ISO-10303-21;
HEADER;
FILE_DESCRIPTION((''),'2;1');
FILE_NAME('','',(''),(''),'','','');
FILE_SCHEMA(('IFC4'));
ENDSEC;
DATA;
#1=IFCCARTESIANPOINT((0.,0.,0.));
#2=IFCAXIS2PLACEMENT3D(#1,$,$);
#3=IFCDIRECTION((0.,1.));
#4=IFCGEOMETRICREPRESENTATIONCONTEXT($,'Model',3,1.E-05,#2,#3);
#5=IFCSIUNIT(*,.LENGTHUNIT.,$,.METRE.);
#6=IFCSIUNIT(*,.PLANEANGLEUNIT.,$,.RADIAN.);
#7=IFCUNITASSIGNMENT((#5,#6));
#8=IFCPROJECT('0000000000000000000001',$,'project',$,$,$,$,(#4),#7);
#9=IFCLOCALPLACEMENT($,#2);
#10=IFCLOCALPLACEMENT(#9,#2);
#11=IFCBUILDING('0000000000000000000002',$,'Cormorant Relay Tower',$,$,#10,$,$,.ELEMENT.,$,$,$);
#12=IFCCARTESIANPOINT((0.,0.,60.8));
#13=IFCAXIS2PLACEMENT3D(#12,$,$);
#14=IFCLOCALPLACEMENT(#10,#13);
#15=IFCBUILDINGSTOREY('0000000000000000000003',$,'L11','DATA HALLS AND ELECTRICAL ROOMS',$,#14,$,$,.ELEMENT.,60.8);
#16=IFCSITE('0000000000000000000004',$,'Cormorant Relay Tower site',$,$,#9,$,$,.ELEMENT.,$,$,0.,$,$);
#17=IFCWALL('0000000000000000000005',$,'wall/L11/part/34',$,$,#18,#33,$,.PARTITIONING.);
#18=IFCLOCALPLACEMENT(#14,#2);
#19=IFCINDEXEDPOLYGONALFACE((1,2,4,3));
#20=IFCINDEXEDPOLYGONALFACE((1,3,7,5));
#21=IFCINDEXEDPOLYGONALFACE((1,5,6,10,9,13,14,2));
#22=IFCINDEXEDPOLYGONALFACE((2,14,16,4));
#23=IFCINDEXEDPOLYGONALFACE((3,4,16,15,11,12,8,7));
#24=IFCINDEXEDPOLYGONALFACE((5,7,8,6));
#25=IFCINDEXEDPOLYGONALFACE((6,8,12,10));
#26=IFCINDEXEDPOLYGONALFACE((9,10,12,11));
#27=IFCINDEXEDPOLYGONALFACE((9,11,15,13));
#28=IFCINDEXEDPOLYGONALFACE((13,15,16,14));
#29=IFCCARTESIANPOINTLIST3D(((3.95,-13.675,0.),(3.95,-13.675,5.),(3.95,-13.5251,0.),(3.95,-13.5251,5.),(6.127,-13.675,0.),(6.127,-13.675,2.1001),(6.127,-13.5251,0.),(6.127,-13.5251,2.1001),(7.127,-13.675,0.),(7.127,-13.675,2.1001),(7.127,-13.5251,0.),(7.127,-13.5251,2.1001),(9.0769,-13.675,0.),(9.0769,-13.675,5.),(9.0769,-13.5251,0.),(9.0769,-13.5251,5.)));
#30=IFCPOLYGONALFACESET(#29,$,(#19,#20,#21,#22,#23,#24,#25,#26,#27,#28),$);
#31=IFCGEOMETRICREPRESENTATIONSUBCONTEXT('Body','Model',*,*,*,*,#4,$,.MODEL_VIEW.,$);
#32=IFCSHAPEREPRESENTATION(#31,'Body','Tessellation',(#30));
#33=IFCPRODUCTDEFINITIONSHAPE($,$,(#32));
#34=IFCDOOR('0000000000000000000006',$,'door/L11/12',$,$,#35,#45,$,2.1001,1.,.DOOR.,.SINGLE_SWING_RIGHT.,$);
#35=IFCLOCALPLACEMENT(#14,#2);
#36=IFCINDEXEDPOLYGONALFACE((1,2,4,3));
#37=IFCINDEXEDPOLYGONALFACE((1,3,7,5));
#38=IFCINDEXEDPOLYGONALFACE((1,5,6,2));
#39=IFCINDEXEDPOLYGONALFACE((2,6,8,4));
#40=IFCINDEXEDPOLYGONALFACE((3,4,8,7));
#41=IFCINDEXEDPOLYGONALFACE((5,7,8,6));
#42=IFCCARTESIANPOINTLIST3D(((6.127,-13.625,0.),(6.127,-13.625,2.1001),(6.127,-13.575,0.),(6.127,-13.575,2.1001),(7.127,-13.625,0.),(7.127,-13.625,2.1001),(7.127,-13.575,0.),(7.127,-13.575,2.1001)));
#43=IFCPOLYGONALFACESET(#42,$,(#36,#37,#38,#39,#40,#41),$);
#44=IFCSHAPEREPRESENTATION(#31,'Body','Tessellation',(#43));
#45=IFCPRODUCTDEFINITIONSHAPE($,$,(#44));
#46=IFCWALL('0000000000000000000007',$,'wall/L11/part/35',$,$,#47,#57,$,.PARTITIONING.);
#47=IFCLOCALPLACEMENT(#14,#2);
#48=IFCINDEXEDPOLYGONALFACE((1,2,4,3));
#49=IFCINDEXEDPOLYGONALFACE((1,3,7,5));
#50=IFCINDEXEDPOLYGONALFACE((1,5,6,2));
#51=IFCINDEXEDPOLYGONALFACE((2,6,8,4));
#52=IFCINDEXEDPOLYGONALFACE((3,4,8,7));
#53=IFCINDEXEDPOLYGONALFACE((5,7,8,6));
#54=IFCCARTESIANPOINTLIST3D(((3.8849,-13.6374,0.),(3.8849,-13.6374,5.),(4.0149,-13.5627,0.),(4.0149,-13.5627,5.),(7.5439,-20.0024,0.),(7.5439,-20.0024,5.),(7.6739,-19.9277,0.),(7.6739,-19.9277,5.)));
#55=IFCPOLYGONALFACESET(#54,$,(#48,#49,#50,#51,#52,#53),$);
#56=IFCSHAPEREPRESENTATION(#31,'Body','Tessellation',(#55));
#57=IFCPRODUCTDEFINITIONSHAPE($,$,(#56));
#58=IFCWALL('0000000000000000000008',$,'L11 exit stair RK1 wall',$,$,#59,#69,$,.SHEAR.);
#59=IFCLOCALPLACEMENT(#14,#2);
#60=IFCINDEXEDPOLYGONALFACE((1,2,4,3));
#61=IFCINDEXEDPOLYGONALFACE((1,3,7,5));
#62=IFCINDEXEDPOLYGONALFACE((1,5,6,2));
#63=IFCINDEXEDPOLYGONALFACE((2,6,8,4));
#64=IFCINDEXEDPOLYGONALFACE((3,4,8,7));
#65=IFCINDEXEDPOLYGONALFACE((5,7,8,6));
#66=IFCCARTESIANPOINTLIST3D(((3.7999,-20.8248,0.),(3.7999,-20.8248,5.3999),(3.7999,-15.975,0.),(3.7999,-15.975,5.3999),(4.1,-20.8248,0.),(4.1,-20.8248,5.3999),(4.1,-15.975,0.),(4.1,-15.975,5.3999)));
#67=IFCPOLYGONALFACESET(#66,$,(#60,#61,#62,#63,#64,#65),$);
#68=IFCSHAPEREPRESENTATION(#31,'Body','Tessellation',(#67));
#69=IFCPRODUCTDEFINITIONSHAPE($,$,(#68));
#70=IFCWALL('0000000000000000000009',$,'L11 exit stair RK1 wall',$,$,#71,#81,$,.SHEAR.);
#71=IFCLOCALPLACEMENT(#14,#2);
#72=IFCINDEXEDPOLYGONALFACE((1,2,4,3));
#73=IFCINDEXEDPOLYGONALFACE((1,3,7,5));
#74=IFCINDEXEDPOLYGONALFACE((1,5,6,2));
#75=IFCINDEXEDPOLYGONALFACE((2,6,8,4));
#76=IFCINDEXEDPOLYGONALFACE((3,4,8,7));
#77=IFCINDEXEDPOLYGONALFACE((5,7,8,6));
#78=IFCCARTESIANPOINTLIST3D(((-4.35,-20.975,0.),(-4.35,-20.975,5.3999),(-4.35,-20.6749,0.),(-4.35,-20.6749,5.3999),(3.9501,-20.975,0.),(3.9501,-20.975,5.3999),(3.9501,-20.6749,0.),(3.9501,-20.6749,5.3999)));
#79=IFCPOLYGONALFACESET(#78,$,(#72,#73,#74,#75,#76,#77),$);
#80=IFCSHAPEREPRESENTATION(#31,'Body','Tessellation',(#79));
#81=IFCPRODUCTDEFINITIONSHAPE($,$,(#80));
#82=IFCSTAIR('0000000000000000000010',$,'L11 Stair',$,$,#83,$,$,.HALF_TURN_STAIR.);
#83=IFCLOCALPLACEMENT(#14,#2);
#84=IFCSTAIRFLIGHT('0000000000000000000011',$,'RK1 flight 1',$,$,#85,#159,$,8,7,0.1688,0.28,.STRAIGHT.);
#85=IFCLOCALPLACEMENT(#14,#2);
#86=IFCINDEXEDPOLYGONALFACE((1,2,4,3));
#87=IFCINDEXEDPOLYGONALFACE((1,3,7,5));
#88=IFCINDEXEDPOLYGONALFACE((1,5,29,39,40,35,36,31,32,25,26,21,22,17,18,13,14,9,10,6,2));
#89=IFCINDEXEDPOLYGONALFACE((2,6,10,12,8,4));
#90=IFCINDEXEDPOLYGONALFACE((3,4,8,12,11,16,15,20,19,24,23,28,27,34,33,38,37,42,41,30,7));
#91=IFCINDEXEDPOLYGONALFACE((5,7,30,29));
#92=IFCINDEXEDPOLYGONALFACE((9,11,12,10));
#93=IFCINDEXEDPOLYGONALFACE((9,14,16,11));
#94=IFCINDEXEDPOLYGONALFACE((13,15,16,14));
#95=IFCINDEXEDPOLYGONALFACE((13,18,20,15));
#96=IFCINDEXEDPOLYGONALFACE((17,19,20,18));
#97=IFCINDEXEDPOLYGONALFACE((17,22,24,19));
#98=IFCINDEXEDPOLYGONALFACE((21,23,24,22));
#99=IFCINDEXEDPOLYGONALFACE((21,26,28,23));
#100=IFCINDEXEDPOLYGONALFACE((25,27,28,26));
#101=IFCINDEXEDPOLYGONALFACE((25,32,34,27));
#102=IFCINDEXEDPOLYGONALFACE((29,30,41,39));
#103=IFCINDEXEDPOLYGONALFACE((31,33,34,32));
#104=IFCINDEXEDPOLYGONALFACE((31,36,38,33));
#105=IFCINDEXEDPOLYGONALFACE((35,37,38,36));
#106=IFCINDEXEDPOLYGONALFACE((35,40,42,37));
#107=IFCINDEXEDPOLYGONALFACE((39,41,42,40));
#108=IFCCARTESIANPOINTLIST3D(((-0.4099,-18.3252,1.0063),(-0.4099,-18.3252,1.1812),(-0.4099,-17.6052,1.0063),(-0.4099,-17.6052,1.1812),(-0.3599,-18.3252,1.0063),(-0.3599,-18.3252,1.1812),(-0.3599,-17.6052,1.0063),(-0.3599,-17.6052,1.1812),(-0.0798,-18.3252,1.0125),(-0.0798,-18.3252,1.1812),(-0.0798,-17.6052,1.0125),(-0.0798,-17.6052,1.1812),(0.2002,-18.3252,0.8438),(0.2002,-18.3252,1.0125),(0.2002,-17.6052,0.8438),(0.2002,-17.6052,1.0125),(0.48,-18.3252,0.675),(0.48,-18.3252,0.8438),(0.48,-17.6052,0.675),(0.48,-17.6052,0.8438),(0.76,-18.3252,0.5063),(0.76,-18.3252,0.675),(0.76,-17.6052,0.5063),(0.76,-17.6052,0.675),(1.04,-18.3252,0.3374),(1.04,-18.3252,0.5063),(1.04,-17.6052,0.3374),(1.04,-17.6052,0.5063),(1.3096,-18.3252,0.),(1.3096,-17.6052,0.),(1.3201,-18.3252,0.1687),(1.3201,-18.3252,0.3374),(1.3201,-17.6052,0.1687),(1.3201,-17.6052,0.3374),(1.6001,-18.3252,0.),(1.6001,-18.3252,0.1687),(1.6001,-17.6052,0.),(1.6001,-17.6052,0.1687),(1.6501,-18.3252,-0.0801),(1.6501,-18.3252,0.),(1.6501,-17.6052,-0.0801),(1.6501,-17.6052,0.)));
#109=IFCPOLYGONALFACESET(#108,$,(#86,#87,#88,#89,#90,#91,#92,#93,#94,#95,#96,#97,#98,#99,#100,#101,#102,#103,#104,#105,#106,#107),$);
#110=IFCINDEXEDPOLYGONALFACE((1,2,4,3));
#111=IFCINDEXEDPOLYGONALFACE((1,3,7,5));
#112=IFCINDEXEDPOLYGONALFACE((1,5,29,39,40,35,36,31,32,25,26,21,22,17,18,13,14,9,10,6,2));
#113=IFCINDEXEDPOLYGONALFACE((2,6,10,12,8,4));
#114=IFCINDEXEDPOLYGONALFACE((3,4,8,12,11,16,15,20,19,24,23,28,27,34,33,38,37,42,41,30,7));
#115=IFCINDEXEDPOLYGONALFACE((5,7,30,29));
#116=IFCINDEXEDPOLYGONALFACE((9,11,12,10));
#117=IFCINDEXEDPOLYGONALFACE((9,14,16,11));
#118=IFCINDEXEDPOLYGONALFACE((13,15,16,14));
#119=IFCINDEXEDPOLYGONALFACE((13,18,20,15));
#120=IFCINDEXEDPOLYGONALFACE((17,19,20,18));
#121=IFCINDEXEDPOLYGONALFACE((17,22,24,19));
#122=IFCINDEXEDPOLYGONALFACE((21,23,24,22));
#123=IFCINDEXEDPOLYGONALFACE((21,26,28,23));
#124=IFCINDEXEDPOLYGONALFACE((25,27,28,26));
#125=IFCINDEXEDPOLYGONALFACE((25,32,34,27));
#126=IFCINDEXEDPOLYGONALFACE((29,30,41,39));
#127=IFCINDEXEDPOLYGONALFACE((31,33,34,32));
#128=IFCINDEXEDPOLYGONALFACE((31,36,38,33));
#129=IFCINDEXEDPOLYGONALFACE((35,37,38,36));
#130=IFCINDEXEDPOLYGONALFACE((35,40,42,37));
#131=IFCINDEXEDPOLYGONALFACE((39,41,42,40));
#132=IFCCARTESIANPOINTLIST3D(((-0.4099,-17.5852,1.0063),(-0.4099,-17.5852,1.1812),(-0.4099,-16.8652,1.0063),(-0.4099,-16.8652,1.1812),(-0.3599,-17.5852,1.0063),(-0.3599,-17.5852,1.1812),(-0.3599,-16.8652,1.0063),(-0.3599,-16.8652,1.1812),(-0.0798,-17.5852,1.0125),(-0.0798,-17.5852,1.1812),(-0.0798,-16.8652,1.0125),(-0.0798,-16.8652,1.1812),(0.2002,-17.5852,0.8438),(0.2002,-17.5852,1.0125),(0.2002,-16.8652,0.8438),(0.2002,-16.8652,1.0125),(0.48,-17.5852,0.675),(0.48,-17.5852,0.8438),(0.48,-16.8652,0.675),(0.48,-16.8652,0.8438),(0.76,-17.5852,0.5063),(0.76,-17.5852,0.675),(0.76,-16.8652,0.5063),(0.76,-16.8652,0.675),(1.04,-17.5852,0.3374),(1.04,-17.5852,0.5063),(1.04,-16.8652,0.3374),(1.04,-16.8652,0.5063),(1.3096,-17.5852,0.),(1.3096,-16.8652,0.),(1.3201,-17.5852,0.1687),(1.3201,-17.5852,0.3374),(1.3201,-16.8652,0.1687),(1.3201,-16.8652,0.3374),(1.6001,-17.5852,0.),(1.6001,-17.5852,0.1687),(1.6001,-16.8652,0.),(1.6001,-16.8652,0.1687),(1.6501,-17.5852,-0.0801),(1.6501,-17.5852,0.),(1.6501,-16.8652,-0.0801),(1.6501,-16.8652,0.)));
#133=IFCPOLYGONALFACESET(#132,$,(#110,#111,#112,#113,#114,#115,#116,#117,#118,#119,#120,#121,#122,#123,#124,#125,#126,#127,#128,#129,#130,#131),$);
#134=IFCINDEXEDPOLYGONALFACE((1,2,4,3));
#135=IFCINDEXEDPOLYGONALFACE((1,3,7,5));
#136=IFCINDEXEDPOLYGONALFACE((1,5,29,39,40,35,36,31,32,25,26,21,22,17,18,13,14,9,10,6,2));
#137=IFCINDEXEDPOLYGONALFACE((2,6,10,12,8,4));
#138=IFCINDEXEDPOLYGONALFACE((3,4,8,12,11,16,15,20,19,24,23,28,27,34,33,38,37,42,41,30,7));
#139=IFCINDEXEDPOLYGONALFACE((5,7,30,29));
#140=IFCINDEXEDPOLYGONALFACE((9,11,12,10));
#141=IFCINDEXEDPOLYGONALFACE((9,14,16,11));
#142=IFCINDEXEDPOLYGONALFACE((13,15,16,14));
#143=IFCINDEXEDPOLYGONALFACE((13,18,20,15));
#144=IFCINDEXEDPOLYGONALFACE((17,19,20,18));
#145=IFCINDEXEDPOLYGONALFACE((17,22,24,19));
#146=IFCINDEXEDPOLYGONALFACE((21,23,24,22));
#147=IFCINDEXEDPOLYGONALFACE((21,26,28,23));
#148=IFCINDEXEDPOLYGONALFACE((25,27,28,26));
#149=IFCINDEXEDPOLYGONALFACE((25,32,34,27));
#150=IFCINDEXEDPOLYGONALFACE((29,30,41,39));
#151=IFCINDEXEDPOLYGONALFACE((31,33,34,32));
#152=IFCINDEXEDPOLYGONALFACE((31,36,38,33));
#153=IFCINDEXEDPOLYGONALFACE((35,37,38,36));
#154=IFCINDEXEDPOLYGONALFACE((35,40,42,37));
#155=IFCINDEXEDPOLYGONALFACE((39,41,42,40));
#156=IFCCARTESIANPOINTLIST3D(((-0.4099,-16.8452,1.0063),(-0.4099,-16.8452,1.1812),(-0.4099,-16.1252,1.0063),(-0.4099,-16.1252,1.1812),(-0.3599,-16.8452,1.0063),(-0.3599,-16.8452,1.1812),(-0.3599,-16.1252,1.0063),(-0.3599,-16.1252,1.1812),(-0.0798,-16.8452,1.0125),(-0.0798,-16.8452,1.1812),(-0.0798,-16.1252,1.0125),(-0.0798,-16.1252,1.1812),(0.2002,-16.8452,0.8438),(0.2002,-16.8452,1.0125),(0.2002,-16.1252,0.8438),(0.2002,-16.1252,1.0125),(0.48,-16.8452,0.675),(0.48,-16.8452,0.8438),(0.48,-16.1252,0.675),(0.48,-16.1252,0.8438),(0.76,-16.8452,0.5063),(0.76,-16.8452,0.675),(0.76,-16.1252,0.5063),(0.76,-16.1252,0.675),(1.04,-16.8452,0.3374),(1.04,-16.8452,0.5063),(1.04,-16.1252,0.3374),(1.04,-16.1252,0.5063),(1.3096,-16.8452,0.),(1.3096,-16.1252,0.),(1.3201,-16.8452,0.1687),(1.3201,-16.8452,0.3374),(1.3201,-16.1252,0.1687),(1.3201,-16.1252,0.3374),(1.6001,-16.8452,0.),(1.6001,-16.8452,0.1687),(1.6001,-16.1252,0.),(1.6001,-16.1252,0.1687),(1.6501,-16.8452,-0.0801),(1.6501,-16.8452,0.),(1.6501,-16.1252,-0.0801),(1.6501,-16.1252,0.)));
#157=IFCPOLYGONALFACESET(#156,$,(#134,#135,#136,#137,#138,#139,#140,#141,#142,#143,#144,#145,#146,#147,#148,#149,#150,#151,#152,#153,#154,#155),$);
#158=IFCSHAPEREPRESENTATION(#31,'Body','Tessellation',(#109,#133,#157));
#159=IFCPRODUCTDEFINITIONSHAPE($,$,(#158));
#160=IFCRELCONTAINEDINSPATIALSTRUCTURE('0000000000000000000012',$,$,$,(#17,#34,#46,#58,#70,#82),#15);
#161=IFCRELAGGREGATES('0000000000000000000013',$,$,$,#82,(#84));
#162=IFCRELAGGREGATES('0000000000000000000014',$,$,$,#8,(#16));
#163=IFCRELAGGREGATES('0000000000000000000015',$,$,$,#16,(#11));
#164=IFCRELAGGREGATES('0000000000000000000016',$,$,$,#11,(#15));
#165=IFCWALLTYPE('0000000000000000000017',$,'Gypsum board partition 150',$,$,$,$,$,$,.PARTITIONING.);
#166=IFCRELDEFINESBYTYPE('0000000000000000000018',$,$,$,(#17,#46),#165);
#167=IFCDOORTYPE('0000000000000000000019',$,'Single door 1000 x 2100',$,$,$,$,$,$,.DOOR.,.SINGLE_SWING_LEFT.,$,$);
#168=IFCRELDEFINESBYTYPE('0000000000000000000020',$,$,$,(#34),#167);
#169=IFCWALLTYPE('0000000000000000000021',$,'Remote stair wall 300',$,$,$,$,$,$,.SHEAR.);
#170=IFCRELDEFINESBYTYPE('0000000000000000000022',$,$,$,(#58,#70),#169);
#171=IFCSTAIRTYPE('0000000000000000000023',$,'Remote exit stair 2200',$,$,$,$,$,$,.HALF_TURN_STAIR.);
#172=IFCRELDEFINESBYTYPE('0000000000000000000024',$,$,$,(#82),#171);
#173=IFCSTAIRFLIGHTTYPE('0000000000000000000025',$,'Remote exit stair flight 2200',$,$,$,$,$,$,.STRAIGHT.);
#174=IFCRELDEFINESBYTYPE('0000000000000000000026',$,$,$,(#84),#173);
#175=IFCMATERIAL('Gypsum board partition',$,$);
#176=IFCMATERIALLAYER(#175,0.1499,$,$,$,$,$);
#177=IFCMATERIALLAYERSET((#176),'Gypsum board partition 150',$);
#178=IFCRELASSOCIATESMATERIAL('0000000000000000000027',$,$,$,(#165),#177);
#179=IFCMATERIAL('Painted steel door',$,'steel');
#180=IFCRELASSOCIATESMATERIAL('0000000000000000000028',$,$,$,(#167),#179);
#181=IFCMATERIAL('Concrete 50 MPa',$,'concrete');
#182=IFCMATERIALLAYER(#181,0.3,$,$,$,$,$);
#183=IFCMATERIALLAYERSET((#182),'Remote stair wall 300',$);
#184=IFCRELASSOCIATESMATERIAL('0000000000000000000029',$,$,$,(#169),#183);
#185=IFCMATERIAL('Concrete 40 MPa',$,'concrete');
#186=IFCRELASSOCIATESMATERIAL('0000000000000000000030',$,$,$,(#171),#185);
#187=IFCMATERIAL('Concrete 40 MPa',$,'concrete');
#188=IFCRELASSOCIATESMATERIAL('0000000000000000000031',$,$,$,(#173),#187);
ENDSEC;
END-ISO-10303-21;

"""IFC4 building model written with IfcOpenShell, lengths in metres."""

from ifc_helpers import new_model, si_unit, direction, frame, frame_2d, origin, place, context, subcontext, project, spatial, polyline, rectangle, outline, extrude, material, layer, layer_set, type_object, element, fill, aggregate, save


model = new_model("IFC4")

# Units and contexts
model_context = context("Model", 3, precision=1e-05, world=origin(), true_north=direction((0.0, 1.0)))
body_context = subcontext(model_context, "Body", "Model", "MODEL_VIEW")
ifc_project = project(units=[si_unit("LENGTHUNIT", "METRE"), si_unit("PLANEANGLEUNIT", "RADIAN")], contexts=[model_context])

# Site, building, storey
site_placement = place(None, origin())
site = spatial("IfcSite", under=ifc_project, at=site_placement, Name="Cormorant Relay Tower site", CompositionType="ELEMENT", RefElevation=0.0)
building_placement = place(site_placement, origin())
building = spatial("IfcBuilding", under=site, at=building_placement, Name="Cormorant Relay Tower", CompositionType="ELEMENT")
storey_placement = place(building_placement, frame((0.0, 0.0, 60.8)))
storey = spatial("IfcBuildingStorey", under=building, at=storey_placement, Name="L11", Description="DATA HALLS AND ELECTRICAL ROOMS", CompositionType="ELEMENT", Elevation=60.8)

# Shared definitions
ifc_material_1 = material(Name="Gypsum board partition")
ifc_layer_1 = layer(ifc_material_1, 0.1499)
ifc_layer_set_1 = layer_set([ifc_layer_1], Name="Gypsum board partition 150")
wall_type_1 = type_object("IfcWallType", Name="Gypsum board partition 150", PredefinedType="PARTITIONING", material=ifc_layer_set_1)

# Wall, opening, door
wall_1_placement = place(storey_placement, frame((9.0769, -13.6001, 0.0), z_axis=(0.0, 0.0, 1.0), x_axis=(-1.0, 0.0, 0.0)))
wall_1 = element("IfcWall", 1, at=wall_1_placement, inside=storey, type_object=wall_type_1, Name="wall/L11/part/34", PredefinedType="PARTITIONING", context=body_context, shape_type="SweptSolid", body=[
    extrude(rectangle(XDim=5.127, YDim=0.1499, at=frame_2d((2.5635, 0.0))), origin(), (0.0, 0.0, 1.0), 5.0),
])
opening_placement = place(wall_1_placement, frame((1.95, 0.0, 0.0)))
opening = element("IfcOpeningElement", 2, at=opening_placement, cuts=wall_1, PredefinedType="OPENING", context=body_context, shape_type="SweptSolid", body=[
    extrude(rectangle(XDim=1.0, YDim=2.1001, at=frame_2d((0.5, 1.05))), frame((0.0, 0.085, 0.0), z_axis=(0.0, -1.0, 0.0), x_axis=(1.0, 0.0, 0.0)), (0.0, 0.0, 1.0), 0.1699),
])
ifc_material_2 = material(Name="Painted steel door", Category="steel")
door_type = type_object("IfcDoorType", Name="Single door 1000 x 2100", OperationType="SINGLE_SWING_LEFT", PredefinedType="DOOR", material=ifc_material_2)
door_placement = place(opening_placement, origin())
door = element("IfcDoor", 3, at=door_placement, inside=storey, type_object=door_type, Name="door/L11/12", OperationType="SINGLE_SWING_RIGHT", OverallHeight=2.1001, OverallWidth=1.0, PredefinedType="DOOR", context=body_context, shape_type="SweptSolid", body=[
    extrude(rectangle(XDim=1.0, YDim=2.1001, at=frame_2d((0.5, 1.05))), frame((0.0, 0.0249, 0.0), z_axis=(0.0, -1.0, 0.0), x_axis=(1.0, 0.0, 0.0)), (0.0, 0.0, 1.0), 0.05),
])
fill(opening, door)

# Walls
wall_2_placement = place(storey_placement, frame((7.6089, -19.9651, 0.0), z_axis=(0.0, 0.0, 1.0), x_axis=(-0.498376, 0.866961, 0.0)))
element("IfcWall", 4, at=wall_2_placement, inside=storey, type_object=wall_type_1, Name="wall/L11/part/35", PredefinedType="PARTITIONING", context=body_context, shape_type="SweptSolid", body=[
    extrude(rectangle(XDim=7.3418, YDim=0.1499, at=frame_2d((3.6709, 0.0))), origin(), (0.0, 0.0, 1.0), 5.0),
])
ifc_material_3 = material(Name="Concrete 50 MPa", Category="concrete")
ifc_layer_2 = layer(ifc_material_3, 0.3)
ifc_layer_set_2 = layer_set([ifc_layer_2], Name="Remote stair wall 300")
wall_type_2 = type_object("IfcWallType", Name="Remote stair wall 300", PredefinedType="SHEAR", material=ifc_layer_set_2)
wall_3_placement = place(storey_placement, frame((3.95, -15.9751, 0.0), z_axis=(0.0, 0.0, 1.0), x_axis=(0.0, -1.0, 0.0)))
element("IfcWall", 5, at=wall_3_placement, inside=storey, type_object=wall_type_2, Name="L11 exit stair RK1 wall", PredefinedType="SHEAR", context=body_context, shape_type="SweptSolid", body=[
    extrude(rectangle(XDim=4.8499, YDim=0.3, at=frame_2d((2.4248, 0.0))), origin(), (0.0, 0.0, 1.0), 5.3999),
])
wall_4_placement = place(storey_placement, frame((3.95, -20.825, 0.0), z_axis=(0.0, 0.0, 1.0), x_axis=(-1.0, 0.0, 0.0)))
element("IfcWall", 6, at=wall_4_placement, inside=storey, type_object=wall_type_2, Name="L11 exit stair RK1 wall", PredefinedType="SHEAR", context=body_context, shape_type="SweptSolid", body=[
    extrude(rectangle(XDim=8.3, YDim=0.3, at=frame_2d((4.1499, 0.0))), origin(), (0.0, 0.0, 1.0), 5.3999),
])

# Stair, stair flight
ifc_material_4 = material(Name="Concrete 40 MPa", Category="concrete")
stair_type = type_object("IfcStairType", Name="Remote exit stair 2200", PredefinedType="HALF_TURN_STAIR", material=ifc_material_4)
stair_placement = place(storey_placement, origin())
stair = element("IfcStair", 7, at=stair_placement, inside=storey, type_object=stair_type, Name="L11 Stair", PredefinedType="HALF_TURN_STAIR")
ifc_material_5 = material(Name="Concrete 40 MPa", Category="concrete")
stair_flight_type = type_object("IfcStairFlightType", Name="Remote exit stair flight 2200", PredefinedType="STRAIGHT", material=ifc_material_5)
stair_flight_1_placement = place(storey_placement, frame((1.6001, -17.2251, 0.0), z_axis=(0.0, 0.0, 1.0), x_axis=(-1.0, 0.0, 0.0)))
stair_flight_1 = element("IfcStairFlight", 8, at=stair_flight_1_placement, type_object=stair_flight_type, Name="RK1 flight 1", NumberOfRisers=8, NumberOfTreads=7, PredefinedType="STRAIGHT", RiserHeight=0.1688, TreadLength=0.28, context=body_context, shape_type="SweptSolid", body=[
    extrude(outline(polyline([(-0.05, -0.0801), (-0.05, 0.0), (0.0, 0.0), (0.0, 0.1687), (0.28, 0.1687), (0.28, 0.3374), (0.5601, 0.3374), (0.5601, 0.5063), (0.8401, 0.5063), (0.8401, 0.675), (1.1201, 0.675), (1.1201, 0.8438), (1.3999, 0.8438), (1.3999, 1.0125), (1.6799, 1.0125), (1.6799, 1.1812), (1.96, 1.1812), (2.01, 1.1812), (2.01, 1.0063), (1.96, 1.0063), (0.2905, 0.0), (-0.05, -0.0801)])), frame((0.0, 1.1001, 0.0), z_axis=(0.0, -1.0, 0.0), x_axis=(1.0, 0.0, 0.0)), (0.0, 0.0, 1.0), 0.72),
    extrude(outline(polyline([(-0.05, -0.0801), (-0.05, 0.0), (0.0, 0.0), (0.0, 0.1687), (0.28, 0.1687), (0.28, 0.3374), (0.5601, 0.3374), (0.5601, 0.5063), (0.8401, 0.5063), (0.8401, 0.675), (1.1201, 0.675), (1.1201, 0.8438), (1.3999, 0.8438), (1.3999, 1.0125), (1.6799, 1.0125), (1.6799, 1.1812), (1.96, 1.1812), (2.01, 1.1812), (2.01, 1.0063), (1.96, 1.0063), (0.2905, 0.0), (-0.05, -0.0801)])), frame((0.0, 0.3601, 0.0), z_axis=(0.0, -1.0, 0.0), x_axis=(1.0, 0.0, 0.0)), (0.0, 0.0, 1.0), 0.72),
    extrude(outline(polyline([(-0.05, -0.0801), (-0.05, 0.0), (0.0, 0.0), (0.0, 0.1687), (0.28, 0.1687), (0.28, 0.3374), (0.5601, 0.3374), (0.5601, 0.5063), (0.8401, 0.5063), (0.8401, 0.675), (1.1201, 0.675), (1.1201, 0.8438), (1.3999, 0.8438), (1.3999, 1.0125), (1.6799, 1.0125), (1.6799, 1.1812), (1.96, 1.1812), (2.01, 1.1812), (2.01, 1.0063), (1.96, 1.0063), (0.2905, 0.0), (-0.05, -0.0801)])), frame((0.0, -0.3799, 0.0), z_axis=(0.0, -1.0, 0.0), x_axis=(1.0, 0.0, 0.0)), (0.0, 0.0, 1.0), 0.72),
])
aggregate(stair, [stair_flight_1])

save(model, "model.ifc")
